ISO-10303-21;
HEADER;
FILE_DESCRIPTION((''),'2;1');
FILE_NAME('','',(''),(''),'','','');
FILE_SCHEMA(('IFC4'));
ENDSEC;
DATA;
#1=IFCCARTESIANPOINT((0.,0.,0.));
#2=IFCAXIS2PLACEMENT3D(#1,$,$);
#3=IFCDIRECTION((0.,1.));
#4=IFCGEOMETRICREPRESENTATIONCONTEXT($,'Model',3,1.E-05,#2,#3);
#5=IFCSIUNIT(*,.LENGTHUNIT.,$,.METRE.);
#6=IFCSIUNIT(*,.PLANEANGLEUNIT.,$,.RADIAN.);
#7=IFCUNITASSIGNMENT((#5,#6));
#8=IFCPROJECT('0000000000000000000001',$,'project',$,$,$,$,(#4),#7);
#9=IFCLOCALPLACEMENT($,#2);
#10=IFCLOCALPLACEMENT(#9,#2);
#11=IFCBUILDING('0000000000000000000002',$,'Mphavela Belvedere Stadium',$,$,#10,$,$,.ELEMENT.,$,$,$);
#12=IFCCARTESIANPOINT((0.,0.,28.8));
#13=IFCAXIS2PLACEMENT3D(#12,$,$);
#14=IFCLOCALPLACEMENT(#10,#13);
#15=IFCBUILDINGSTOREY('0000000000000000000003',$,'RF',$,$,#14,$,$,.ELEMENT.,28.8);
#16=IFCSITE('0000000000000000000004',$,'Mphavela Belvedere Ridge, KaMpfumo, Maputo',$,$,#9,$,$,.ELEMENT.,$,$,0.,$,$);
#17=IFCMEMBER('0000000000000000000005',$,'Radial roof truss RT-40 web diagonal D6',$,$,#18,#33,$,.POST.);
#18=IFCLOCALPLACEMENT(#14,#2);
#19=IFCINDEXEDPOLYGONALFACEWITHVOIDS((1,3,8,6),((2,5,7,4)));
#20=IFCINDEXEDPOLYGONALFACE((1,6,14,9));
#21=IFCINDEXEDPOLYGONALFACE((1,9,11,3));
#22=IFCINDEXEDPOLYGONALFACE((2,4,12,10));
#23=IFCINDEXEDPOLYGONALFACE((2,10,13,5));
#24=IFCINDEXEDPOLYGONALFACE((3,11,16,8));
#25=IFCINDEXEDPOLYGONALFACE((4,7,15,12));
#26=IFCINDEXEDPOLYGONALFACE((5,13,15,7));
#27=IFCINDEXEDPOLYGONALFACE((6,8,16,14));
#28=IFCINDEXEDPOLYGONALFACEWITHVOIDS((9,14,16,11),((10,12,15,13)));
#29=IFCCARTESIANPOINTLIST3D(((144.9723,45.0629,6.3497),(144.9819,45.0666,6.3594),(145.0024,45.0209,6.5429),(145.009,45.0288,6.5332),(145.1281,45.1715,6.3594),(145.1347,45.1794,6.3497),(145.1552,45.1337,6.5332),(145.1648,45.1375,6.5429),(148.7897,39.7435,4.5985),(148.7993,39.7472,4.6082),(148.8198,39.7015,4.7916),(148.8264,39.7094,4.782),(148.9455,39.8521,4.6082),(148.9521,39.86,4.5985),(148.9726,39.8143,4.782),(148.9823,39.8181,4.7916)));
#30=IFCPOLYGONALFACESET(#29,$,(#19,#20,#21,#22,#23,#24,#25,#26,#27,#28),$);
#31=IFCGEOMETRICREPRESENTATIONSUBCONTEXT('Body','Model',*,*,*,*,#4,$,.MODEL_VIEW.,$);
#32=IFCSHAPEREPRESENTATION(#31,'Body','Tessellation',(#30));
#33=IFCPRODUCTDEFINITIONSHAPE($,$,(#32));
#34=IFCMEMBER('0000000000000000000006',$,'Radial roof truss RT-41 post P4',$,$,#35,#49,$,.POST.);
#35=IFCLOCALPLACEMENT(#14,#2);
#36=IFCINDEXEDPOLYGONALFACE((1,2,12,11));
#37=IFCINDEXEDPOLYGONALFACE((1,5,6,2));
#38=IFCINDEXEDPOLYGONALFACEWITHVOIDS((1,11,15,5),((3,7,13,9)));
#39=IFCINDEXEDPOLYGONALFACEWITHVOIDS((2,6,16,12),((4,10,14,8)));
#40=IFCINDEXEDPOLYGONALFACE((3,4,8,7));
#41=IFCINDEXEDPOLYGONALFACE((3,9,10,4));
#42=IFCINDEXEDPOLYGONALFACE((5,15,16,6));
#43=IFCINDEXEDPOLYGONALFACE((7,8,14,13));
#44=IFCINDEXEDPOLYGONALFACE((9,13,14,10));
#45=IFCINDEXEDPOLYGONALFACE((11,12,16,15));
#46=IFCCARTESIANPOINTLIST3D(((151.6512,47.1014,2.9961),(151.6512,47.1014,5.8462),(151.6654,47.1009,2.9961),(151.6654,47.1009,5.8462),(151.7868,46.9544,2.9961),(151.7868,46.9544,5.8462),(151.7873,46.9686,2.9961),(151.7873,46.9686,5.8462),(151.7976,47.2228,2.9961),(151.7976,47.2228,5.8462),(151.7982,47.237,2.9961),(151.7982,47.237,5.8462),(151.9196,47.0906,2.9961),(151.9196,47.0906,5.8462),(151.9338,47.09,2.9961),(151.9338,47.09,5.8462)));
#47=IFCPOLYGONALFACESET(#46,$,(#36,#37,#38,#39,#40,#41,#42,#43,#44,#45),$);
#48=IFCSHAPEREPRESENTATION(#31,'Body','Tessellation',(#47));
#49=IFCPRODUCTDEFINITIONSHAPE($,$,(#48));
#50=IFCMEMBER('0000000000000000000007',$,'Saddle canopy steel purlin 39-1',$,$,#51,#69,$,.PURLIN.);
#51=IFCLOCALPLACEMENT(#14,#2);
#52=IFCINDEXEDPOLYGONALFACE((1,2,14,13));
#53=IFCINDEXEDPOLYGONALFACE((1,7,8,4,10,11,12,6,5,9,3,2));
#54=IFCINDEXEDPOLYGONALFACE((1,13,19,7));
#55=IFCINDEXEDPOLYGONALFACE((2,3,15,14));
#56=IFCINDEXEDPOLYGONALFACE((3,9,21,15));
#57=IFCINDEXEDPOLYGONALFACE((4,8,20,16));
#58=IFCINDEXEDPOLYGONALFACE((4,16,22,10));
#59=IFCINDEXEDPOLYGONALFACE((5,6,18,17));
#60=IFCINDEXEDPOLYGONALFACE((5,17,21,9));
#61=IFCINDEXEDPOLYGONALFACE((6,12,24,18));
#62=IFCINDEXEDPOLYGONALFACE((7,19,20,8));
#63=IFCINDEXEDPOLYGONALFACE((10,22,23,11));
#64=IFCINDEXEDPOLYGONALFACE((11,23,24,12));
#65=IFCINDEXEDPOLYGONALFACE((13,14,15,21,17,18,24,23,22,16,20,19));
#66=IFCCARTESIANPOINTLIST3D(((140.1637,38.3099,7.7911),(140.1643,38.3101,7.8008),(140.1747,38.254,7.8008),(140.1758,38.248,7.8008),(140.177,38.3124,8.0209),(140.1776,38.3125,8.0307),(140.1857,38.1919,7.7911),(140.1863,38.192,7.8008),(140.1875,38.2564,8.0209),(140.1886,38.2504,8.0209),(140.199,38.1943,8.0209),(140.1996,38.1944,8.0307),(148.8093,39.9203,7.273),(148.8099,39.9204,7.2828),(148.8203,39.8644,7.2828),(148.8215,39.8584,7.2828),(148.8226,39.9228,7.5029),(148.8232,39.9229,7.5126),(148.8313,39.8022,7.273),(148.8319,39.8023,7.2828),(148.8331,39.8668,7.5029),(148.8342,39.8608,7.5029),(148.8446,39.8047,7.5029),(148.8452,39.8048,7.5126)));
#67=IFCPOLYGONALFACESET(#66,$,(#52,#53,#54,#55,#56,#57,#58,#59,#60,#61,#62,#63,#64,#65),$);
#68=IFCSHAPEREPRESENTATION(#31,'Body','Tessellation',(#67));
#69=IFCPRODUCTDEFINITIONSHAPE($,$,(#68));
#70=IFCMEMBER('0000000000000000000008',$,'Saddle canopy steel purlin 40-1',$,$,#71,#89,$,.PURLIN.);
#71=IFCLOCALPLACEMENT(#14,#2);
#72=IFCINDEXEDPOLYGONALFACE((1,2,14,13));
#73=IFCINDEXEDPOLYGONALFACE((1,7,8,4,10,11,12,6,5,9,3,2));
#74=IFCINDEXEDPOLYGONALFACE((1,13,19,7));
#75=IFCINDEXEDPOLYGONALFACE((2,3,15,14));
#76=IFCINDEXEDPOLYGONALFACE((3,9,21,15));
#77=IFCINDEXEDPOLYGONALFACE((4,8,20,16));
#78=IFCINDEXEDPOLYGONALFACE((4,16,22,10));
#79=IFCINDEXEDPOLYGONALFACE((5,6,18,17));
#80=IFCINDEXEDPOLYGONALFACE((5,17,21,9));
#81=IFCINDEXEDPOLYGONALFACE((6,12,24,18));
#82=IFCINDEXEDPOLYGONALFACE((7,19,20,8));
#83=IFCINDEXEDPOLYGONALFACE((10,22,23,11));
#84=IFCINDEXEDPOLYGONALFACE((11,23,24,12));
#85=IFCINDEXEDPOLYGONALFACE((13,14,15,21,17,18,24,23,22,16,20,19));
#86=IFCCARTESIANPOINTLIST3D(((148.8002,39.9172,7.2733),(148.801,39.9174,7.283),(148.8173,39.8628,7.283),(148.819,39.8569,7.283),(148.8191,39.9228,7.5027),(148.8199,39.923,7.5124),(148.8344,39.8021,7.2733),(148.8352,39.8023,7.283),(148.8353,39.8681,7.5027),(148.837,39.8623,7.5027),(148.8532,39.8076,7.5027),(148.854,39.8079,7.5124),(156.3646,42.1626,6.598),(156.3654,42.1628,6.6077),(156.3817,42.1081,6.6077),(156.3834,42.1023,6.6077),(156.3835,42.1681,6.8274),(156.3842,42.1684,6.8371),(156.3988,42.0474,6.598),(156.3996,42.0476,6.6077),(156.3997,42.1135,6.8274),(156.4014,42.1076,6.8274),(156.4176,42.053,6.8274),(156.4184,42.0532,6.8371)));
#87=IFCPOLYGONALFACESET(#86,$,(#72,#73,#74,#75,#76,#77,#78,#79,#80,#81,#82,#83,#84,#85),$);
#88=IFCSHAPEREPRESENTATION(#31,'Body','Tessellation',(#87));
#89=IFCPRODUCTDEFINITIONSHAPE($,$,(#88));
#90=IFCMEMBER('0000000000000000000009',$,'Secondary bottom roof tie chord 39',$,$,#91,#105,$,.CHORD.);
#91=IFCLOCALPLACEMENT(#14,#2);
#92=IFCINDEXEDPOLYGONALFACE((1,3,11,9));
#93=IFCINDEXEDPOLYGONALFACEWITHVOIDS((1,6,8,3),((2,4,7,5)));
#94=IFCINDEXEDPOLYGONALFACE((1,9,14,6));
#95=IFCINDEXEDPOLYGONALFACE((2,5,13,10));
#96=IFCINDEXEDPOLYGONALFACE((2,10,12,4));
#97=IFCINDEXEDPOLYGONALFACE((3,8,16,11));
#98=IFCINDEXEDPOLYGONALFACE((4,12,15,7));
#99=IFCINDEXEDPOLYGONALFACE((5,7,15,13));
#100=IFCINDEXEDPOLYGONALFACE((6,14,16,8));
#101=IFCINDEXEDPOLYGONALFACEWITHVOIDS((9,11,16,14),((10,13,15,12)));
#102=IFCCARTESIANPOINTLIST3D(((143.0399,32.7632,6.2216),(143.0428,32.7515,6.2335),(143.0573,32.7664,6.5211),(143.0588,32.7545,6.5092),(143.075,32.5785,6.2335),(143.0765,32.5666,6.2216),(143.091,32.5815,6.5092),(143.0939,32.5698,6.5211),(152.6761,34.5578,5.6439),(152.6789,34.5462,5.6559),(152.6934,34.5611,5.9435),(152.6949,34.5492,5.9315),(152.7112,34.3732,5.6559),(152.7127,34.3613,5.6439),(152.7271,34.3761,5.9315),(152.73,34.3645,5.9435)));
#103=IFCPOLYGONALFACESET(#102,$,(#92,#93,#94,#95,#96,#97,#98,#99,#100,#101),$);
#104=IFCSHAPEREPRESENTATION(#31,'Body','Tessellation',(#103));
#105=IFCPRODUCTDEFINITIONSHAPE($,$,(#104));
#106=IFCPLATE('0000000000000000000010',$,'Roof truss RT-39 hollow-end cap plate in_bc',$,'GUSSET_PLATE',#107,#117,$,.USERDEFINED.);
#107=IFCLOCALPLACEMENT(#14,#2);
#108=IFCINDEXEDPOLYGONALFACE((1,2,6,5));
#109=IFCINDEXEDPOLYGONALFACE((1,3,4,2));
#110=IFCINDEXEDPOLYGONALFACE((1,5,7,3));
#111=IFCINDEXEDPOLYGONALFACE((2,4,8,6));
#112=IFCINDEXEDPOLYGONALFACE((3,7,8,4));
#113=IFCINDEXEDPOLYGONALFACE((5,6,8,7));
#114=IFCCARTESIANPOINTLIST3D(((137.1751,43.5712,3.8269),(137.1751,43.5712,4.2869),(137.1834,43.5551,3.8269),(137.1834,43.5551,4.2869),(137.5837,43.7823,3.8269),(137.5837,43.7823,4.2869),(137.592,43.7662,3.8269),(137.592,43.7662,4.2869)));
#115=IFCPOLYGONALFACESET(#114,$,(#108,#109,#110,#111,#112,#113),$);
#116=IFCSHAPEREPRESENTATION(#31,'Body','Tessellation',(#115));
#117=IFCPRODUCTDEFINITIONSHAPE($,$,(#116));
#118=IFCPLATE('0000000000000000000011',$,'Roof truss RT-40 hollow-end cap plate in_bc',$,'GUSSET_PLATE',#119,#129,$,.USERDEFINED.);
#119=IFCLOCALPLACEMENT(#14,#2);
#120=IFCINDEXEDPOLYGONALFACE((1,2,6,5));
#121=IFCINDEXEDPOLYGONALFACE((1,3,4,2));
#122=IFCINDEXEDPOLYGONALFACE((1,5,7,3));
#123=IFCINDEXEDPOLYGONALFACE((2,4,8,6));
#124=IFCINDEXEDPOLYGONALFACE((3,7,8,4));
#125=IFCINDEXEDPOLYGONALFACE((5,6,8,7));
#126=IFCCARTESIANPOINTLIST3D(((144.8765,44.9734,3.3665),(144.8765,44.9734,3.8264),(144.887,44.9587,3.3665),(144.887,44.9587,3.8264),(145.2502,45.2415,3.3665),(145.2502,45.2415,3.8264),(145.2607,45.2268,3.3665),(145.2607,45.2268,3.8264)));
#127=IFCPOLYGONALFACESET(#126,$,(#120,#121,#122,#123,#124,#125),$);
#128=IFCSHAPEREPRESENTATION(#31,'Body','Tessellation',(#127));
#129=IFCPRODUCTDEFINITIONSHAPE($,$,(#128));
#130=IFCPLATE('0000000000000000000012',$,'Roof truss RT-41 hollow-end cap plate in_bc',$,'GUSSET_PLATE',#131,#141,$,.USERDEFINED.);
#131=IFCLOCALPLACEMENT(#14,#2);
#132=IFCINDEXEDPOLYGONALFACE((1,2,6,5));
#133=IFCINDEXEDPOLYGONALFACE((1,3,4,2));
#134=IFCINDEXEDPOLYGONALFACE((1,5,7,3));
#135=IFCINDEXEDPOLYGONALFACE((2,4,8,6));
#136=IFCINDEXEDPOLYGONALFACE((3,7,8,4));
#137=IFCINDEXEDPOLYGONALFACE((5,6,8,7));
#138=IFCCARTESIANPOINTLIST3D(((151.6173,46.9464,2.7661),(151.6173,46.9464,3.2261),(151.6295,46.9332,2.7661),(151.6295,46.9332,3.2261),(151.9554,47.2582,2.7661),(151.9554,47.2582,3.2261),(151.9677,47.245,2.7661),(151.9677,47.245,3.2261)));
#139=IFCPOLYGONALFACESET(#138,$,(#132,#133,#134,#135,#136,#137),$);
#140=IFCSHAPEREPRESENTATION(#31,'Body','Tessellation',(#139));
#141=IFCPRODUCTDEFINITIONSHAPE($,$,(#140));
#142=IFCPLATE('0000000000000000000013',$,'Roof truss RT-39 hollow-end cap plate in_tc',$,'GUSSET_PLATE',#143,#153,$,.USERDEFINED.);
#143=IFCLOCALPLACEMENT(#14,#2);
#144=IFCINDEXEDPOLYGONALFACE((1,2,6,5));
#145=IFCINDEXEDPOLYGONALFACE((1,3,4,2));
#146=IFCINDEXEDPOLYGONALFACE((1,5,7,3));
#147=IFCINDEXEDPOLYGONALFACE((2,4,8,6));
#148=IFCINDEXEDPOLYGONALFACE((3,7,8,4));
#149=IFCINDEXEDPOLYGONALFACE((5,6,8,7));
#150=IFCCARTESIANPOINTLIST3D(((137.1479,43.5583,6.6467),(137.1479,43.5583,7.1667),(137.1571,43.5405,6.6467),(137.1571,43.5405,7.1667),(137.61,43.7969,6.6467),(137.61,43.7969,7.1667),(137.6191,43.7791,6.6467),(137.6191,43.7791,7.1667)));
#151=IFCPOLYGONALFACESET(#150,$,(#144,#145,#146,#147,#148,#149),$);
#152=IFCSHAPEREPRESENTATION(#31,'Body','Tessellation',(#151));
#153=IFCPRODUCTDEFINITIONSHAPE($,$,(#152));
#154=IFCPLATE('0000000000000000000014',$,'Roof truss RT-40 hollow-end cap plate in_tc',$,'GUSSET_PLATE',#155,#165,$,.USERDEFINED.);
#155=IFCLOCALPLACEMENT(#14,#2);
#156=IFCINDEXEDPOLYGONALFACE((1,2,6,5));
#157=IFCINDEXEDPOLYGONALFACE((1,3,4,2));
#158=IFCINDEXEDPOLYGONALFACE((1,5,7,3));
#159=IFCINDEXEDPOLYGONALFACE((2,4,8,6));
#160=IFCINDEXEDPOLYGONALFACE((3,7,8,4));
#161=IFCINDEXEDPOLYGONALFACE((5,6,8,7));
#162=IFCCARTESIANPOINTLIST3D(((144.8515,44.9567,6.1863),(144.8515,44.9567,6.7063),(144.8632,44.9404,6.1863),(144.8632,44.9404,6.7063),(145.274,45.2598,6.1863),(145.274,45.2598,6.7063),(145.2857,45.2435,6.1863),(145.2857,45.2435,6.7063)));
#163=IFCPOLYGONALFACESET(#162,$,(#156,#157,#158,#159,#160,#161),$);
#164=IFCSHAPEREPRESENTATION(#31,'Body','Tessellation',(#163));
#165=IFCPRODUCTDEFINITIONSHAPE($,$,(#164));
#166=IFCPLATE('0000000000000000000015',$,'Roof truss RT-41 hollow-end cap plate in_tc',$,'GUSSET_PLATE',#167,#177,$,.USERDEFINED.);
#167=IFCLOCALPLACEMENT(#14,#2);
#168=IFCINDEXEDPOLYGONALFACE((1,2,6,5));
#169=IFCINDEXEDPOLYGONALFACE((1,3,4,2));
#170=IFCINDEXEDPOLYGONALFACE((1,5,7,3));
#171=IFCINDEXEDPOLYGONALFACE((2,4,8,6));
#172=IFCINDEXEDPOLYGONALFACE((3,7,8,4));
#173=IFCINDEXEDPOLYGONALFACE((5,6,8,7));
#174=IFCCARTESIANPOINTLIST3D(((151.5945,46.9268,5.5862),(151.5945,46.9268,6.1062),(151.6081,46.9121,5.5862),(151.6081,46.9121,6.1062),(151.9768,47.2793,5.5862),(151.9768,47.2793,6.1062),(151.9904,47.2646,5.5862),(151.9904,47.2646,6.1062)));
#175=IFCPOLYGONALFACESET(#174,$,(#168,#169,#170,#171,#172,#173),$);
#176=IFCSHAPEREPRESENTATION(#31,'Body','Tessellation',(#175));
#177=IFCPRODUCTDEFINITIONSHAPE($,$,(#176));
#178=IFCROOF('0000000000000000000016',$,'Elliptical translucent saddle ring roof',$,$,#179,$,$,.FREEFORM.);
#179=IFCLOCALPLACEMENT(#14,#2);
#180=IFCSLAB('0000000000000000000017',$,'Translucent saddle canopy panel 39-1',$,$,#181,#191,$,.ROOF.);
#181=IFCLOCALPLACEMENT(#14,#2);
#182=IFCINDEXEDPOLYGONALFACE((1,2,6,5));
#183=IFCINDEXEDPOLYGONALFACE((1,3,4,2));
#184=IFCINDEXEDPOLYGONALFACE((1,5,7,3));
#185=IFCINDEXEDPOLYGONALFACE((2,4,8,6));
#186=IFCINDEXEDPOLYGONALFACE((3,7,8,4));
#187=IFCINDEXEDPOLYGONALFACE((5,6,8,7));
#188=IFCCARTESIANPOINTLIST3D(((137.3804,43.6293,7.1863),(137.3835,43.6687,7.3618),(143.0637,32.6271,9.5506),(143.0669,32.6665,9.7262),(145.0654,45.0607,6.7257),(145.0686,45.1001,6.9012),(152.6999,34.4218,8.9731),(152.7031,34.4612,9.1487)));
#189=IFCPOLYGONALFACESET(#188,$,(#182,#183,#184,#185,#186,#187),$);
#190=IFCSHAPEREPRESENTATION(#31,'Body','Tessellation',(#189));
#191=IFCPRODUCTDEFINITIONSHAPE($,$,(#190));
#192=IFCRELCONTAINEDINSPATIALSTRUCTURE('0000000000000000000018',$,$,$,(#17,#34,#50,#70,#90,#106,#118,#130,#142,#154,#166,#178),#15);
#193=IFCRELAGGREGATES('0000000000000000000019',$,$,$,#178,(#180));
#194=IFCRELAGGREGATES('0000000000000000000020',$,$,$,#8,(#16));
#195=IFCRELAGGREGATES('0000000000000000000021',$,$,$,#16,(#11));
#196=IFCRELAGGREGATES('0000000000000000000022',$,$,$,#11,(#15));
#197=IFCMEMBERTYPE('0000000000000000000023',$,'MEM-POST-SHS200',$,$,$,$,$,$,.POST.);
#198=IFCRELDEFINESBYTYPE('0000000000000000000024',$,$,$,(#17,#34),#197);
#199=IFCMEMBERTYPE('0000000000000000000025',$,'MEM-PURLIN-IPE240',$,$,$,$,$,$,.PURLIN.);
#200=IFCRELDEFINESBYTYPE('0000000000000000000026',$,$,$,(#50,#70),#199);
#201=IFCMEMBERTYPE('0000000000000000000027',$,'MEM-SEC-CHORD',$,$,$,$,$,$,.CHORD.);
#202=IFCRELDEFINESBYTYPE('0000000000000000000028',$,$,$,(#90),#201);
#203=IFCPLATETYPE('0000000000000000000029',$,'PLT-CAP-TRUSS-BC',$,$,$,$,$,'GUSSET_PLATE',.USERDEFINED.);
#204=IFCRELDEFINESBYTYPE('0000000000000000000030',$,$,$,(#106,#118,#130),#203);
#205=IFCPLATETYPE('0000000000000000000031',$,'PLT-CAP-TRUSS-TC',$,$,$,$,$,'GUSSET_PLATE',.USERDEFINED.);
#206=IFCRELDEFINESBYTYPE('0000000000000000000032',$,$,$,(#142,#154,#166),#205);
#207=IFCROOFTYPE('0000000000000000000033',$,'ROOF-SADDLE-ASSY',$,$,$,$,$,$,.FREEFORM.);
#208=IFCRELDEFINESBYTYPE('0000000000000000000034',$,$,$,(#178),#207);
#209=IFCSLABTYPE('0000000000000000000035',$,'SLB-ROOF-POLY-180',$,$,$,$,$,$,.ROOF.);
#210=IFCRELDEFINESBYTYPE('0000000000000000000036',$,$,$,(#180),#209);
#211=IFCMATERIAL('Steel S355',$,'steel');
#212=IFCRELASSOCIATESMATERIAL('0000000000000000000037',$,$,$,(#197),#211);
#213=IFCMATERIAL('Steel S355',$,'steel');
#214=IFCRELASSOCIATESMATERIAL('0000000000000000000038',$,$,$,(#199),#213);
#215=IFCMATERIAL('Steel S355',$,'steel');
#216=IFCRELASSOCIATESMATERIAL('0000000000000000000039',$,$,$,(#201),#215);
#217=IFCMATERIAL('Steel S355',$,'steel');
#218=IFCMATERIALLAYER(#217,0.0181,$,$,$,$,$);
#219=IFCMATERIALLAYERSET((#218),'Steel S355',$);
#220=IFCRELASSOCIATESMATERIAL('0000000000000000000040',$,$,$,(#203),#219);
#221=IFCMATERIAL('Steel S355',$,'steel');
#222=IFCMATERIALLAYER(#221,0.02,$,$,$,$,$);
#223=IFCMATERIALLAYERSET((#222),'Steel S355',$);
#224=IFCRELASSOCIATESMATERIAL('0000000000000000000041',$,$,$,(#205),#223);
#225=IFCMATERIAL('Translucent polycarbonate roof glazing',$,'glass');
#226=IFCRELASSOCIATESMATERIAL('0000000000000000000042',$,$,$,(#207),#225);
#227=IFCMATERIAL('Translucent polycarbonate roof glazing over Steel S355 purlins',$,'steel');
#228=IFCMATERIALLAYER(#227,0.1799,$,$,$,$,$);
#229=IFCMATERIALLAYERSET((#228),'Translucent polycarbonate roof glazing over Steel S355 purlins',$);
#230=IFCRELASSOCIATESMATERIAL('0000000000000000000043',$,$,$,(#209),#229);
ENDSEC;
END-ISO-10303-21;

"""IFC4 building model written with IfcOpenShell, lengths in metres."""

from ifc_helpers import new_model, si_unit, direction, frame, origin, origin_2d, place, context, subcontext, project, spatial, polyline, rectangle, hollow_rectangle, i_section, outline, extrude, material, layer, layer_set, material_profile, profile_set, type_object, element, aggregate, save


model = new_model("IFC4")

# Units and contexts
model_context = context("Model", 3, precision=1e-05, world=origin(), true_north=direction((0.0, 1.0)))
body_context = subcontext(model_context, "Body", "Model", "MODEL_VIEW")
ifc_project = project(units=[si_unit("LENGTHUNIT", "METRE"), si_unit("PLANEANGLEUNIT", "RADIAN")], contexts=[model_context])

# Site, building, storey
site_placement = place(None, origin())
site = spatial("IfcSite", under=ifc_project, at=site_placement, Name="Mphavela Belvedere Ridge, KaMpfumo, Maputo", CompositionType="ELEMENT", RefElevation=0.0)
building_placement = place(site_placement, origin())
building = spatial("IfcBuilding", under=site, at=building_placement, Name="Mphavela Belvedere Stadium", CompositionType="ELEMENT")
storey_placement = place(building_placement, frame((0.0, 0.0, 28.8)))
storey = spatial("IfcBuildingStorey", under=building, at=storey_placement, Name="RF", CompositionType="ELEMENT", Elevation=28.8)

# Members
ifc_material_1 = material(Name="Steel S355", Category="steel")
ifc_material_profile_1 = material_profile(ifc_material_1, hollow_rectangle(XDim=0.2, YDim=0.2, WallThickness=0.01, at=origin_2d()), Name="SHS 200x200x10")
ifc_profile_set_1 = profile_set([ifc_material_profile_1], Name="Steel S355")
member_type_1 = type_object("IfcMemberType", Name="MEM-POST-SHS200", PredefinedType="POST", material=ifc_profile_set_1)
member_1_placement = place(storey_placement, frame((148.886, 39.7808, 4.6951), z_axis=(-0.563243, 0.784852, 0.258387), x_axis=(-0.812441, -0.583043, 0.0)))
element("IfcMember", 1, at=member_1_placement, inside=storey, type_object=member_type_1, Name="Radial roof truss RT-40 web diagonal D6", PredefinedType="POST", context=body_context, shape_type="SweptSolid", body=[
    extrude(hollow_rectangle(XDim=0.2, YDim=0.2, WallThickness=0.01, at=origin_2d()), origin(), (0.0, 0.0, 1.0), 6.7776),
])
member_2_placement = place(storey_placement, frame((151.7925, 47.0957, 2.9961), z_axis=(0.0, 0.0, 1.0), x_axis=(0.677903, -0.735151, 0.0)))
element("IfcMember", 2, at=member_2_placement, inside=storey, type_object=member_type_1, Name="Radial roof truss RT-41 post P4", PredefinedType="POST", context=body_context, shape_type="SweptSolid", body=[
    extrude(hollow_rectangle(XDim=0.2, YDim=0.2, WallThickness=0.01, at=origin_2d()), origin(), (0.0, 0.0, 1.0), 2.8501),
])
ifc_material_2 = material(Name="Steel S355", Category="steel")
ifc_material_profile_2 = material_profile(ifc_material_2, i_section(OverallWidth=0.1201, OverallDepth=0.24, WebThickness=0.0061, FlangeThickness=0.0098, at=origin_2d()), Name="IPE 240")
ifc_profile_set_2 = profile_set([ifc_material_profile_2], Name="Steel S355")
member_type_2 = type_object("IfcMemberType", Name="MEM-PURLIN-IPE240", PredefinedType="PURLIN", material=ifc_profile_set_2)
member_3_placement = place(storey_placement, frame((140.1816, 38.2522, 7.9109), z_axis=(0.98139, 0.182798, -0.058808), x_axis=(-0.183115, 0.983091, 0.0)))
element("IfcMember", 3, at=member_3_placement, inside=storey, type_object=member_type_2, Name="Saddle canopy steel purlin 39-1", PredefinedType="PURLIN", context=body_context, shape_type="SweptSolid", body=[
    extrude(i_section(OverallWidth=0.1201, OverallDepth=0.24, WebThickness=0.0061, FlangeThickness=0.0098, at=origin_2d()), origin(), (0.0, 0.0, 1.0), 8.8096),
])
member_4_placement = place(storey_placement, frame((148.8271, 39.8625, 7.3928), z_axis=(0.955167, 0.283523, -0.08527), x_axis=(-0.284559, 0.958658, 0.0)))
element("IfcMember", 4, at=member_4_placement, inside=storey, type_object=member_type_2, Name="Saddle canopy steel purlin 40-1", PredefinedType="PURLIN", context=body_context, shape_type="SweptSolid", body=[
    extrude(i_section(OverallWidth=0.1201, OverallDepth=0.24, WebThickness=0.0061, FlangeThickness=0.0098, at=origin_2d()), origin(), (0.0, 0.0, 1.0), 7.9194),
])
ifc_material_3 = material(Name="Steel S355", Category="steel")
ifc_material_profile_3 = material_profile(ifc_material_3, hollow_rectangle(XDim=0.2, YDim=0.3, WallThickness=0.012, at=origin_2d()), Name="RHS 300x200x12")
ifc_profile_set_3 = profile_set([ifc_material_profile_3], Name="Steel S355")
member_type_3 = type_object("IfcMemberType", Name="MEM-SEC-CHORD", PredefinedType="CHORD", material=ifc_profile_set_3)
member_5_placement = place(storey_placement, frame((143.0669, 32.6665, 6.3713), z_axis=(0.981393, 0.182777, -0.058829), x_axis=(-0.183094, 0.983095, 0.0)))
element("IfcMember", 5, at=member_5_placement, inside=storey, type_object=member_type_3, Name="Secondary bottom roof tie chord 39", PredefinedType="CHORD", context=body_context, shape_type="SweptSolid", body=[
    extrude(hollow_rectangle(XDim=0.2, YDim=0.3, WallThickness=0.012, at=origin_2d()), origin(), (0.0, 0.0, 1.0), 9.8188),
])

# Plates
ifc_material_4 = material(Name="Steel S355", Category="steel")
ifc_layer_1 = layer(ifc_material_4, 0.0181)
ifc_layer_set_1 = layer_set([ifc_layer_1], Name="Steel S355")
plate_type_1 = type_object("IfcPlateType", Name="PLT-CAP-TRUSS-BC", ElementType="GUSSET_PLATE", PredefinedType="USERDEFINED", material=ifc_layer_set_1)
for number, where, z_axis, x_axis, name in (
    (6, (137.3835, 43.6687, 3.8269), (0.0, 0.0, 1.0), (0.45896, -0.888457, 0.0), "Roof truss RT-39 hollow-end cap plate in_bc"),
    (7, (145.0686, 45.1001, 3.3665), (0.0, 0.0, 1.0), (0.582974, -0.812491, 0.0), "Roof truss RT-40 hollow-end cap plate in_bc"),
    (8, (151.7925, 47.0957, 2.7661), (0.0, 0.0, 1.0), (0.677903, -0.735151, 0.0), "Roof truss RT-41 hollow-end cap plate in_bc"),
):
    element("IfcPlate", number, at=place(storey_placement, frame(where, z_axis=z_axis, x_axis=x_axis)), inside=storey, type_object=plate_type_1, Name=name, ObjectType="GUSSET_PLATE", PredefinedType="USERDEFINED", context=body_context, shape_type="SweptSolid", body=[
        extrude(rectangle(XDim=0.0181, YDim=0.46, at=origin_2d()), origin(), (0.0, 0.0, 1.0), 0.46),
    ])
ifc_material_5 = material(Name="Steel S355", Category="steel")
ifc_layer_2 = layer(ifc_material_5, 0.02)
ifc_layer_set_2 = layer_set([ifc_layer_2], Name="Steel S355")
plate_type_2 = type_object("IfcPlateType", Name="PLT-CAP-TRUSS-TC", ElementType="GUSSET_PLATE", PredefinedType="USERDEFINED", material=ifc_layer_set_2)
for number, where, z_axis, x_axis, name in (
    (9, (137.3835, 43.6687, 6.6467), (0.0, 0.0, 1.0), (0.45896, -0.888457, 0.0), "Roof truss RT-39 hollow-end cap plate in_tc"),
    (10, (145.0686, 45.1001, 6.1863), (0.0, 0.0, 1.0), (0.582974, -0.812491, 0.0), "Roof truss RT-40 hollow-end cap plate in_tc"),
    (11, (151.7925, 47.0957, 5.5862), (0.0, 0.0, 1.0), (0.677903, -0.735151, 0.0), "Roof truss RT-41 hollow-end cap plate in_tc"),
):
    element("IfcPlate", number, at=place(storey_placement, frame(where, z_axis=z_axis, x_axis=x_axis)), inside=storey, type_object=plate_type_2, Name=name, ObjectType="GUSSET_PLATE", PredefinedType="USERDEFINED", context=body_context, shape_type="SweptSolid", body=[
        extrude(rectangle(XDim=0.02, YDim=0.52, at=origin_2d()), origin(), (0.0, 0.0, 1.0), 0.52),
    ])

# Roof, slab
ifc_material_6 = material(Name="Translucent polycarbonate roof glazing", Category="glass")
roof_type = type_object("IfcRoofType", Name="ROOF-SADDLE-ASSY", PredefinedType="FREEFORM", material=ifc_material_6)
roof_placement = place(storey_placement, origin())
roof = element("IfcRoof", 12, at=roof_placement, inside=storey, type_object=roof_type, Name="Elliptical translucent saddle ring roof", PredefinedType="FREEFORM")
ifc_material_7 = material(Name="Translucent polycarbonate roof glazing over Steel S355 purlins", Category="steel")
ifc_layer_3 = layer(ifc_material_7, 0.1799)
ifc_layer_set_3 = layer_set([ifc_layer_3], Name="Translucent polycarbonate roof glazing over Steel S355 purlins")
slab_type = type_object("IfcSlabType", Name="SLB-ROOF-POLY-180", PredefinedType="ROOF", material=ifc_layer_set_3)
slab_1_placement = place(storey_placement, frame((137.3835, 43.6687, 7.3618), z_axis=(0.017716, 0.218809, 0.975607), x_axis=(0.981392, 0.182787, -0.058817)))
slab_1 = element("IfcSlab", 13, at=slab_1_placement, type_object=slab_type, Name="Translucent saddle canopy panel 39-1", PredefinedType="ROOF", context=body_context, shape_type="SweptSolid", body=[
    extrude(outline(polyline([(0.0, 0.0), (7.8308, 0.0), (13.2464, -12.1324), (3.4275, -12.1323), (0.0, 0.0)])), origin(), (0.0, 0.0, -1.0), 0.1799),
])
aggregate(roof, [slab_1])

save(model, "model.ifc")
